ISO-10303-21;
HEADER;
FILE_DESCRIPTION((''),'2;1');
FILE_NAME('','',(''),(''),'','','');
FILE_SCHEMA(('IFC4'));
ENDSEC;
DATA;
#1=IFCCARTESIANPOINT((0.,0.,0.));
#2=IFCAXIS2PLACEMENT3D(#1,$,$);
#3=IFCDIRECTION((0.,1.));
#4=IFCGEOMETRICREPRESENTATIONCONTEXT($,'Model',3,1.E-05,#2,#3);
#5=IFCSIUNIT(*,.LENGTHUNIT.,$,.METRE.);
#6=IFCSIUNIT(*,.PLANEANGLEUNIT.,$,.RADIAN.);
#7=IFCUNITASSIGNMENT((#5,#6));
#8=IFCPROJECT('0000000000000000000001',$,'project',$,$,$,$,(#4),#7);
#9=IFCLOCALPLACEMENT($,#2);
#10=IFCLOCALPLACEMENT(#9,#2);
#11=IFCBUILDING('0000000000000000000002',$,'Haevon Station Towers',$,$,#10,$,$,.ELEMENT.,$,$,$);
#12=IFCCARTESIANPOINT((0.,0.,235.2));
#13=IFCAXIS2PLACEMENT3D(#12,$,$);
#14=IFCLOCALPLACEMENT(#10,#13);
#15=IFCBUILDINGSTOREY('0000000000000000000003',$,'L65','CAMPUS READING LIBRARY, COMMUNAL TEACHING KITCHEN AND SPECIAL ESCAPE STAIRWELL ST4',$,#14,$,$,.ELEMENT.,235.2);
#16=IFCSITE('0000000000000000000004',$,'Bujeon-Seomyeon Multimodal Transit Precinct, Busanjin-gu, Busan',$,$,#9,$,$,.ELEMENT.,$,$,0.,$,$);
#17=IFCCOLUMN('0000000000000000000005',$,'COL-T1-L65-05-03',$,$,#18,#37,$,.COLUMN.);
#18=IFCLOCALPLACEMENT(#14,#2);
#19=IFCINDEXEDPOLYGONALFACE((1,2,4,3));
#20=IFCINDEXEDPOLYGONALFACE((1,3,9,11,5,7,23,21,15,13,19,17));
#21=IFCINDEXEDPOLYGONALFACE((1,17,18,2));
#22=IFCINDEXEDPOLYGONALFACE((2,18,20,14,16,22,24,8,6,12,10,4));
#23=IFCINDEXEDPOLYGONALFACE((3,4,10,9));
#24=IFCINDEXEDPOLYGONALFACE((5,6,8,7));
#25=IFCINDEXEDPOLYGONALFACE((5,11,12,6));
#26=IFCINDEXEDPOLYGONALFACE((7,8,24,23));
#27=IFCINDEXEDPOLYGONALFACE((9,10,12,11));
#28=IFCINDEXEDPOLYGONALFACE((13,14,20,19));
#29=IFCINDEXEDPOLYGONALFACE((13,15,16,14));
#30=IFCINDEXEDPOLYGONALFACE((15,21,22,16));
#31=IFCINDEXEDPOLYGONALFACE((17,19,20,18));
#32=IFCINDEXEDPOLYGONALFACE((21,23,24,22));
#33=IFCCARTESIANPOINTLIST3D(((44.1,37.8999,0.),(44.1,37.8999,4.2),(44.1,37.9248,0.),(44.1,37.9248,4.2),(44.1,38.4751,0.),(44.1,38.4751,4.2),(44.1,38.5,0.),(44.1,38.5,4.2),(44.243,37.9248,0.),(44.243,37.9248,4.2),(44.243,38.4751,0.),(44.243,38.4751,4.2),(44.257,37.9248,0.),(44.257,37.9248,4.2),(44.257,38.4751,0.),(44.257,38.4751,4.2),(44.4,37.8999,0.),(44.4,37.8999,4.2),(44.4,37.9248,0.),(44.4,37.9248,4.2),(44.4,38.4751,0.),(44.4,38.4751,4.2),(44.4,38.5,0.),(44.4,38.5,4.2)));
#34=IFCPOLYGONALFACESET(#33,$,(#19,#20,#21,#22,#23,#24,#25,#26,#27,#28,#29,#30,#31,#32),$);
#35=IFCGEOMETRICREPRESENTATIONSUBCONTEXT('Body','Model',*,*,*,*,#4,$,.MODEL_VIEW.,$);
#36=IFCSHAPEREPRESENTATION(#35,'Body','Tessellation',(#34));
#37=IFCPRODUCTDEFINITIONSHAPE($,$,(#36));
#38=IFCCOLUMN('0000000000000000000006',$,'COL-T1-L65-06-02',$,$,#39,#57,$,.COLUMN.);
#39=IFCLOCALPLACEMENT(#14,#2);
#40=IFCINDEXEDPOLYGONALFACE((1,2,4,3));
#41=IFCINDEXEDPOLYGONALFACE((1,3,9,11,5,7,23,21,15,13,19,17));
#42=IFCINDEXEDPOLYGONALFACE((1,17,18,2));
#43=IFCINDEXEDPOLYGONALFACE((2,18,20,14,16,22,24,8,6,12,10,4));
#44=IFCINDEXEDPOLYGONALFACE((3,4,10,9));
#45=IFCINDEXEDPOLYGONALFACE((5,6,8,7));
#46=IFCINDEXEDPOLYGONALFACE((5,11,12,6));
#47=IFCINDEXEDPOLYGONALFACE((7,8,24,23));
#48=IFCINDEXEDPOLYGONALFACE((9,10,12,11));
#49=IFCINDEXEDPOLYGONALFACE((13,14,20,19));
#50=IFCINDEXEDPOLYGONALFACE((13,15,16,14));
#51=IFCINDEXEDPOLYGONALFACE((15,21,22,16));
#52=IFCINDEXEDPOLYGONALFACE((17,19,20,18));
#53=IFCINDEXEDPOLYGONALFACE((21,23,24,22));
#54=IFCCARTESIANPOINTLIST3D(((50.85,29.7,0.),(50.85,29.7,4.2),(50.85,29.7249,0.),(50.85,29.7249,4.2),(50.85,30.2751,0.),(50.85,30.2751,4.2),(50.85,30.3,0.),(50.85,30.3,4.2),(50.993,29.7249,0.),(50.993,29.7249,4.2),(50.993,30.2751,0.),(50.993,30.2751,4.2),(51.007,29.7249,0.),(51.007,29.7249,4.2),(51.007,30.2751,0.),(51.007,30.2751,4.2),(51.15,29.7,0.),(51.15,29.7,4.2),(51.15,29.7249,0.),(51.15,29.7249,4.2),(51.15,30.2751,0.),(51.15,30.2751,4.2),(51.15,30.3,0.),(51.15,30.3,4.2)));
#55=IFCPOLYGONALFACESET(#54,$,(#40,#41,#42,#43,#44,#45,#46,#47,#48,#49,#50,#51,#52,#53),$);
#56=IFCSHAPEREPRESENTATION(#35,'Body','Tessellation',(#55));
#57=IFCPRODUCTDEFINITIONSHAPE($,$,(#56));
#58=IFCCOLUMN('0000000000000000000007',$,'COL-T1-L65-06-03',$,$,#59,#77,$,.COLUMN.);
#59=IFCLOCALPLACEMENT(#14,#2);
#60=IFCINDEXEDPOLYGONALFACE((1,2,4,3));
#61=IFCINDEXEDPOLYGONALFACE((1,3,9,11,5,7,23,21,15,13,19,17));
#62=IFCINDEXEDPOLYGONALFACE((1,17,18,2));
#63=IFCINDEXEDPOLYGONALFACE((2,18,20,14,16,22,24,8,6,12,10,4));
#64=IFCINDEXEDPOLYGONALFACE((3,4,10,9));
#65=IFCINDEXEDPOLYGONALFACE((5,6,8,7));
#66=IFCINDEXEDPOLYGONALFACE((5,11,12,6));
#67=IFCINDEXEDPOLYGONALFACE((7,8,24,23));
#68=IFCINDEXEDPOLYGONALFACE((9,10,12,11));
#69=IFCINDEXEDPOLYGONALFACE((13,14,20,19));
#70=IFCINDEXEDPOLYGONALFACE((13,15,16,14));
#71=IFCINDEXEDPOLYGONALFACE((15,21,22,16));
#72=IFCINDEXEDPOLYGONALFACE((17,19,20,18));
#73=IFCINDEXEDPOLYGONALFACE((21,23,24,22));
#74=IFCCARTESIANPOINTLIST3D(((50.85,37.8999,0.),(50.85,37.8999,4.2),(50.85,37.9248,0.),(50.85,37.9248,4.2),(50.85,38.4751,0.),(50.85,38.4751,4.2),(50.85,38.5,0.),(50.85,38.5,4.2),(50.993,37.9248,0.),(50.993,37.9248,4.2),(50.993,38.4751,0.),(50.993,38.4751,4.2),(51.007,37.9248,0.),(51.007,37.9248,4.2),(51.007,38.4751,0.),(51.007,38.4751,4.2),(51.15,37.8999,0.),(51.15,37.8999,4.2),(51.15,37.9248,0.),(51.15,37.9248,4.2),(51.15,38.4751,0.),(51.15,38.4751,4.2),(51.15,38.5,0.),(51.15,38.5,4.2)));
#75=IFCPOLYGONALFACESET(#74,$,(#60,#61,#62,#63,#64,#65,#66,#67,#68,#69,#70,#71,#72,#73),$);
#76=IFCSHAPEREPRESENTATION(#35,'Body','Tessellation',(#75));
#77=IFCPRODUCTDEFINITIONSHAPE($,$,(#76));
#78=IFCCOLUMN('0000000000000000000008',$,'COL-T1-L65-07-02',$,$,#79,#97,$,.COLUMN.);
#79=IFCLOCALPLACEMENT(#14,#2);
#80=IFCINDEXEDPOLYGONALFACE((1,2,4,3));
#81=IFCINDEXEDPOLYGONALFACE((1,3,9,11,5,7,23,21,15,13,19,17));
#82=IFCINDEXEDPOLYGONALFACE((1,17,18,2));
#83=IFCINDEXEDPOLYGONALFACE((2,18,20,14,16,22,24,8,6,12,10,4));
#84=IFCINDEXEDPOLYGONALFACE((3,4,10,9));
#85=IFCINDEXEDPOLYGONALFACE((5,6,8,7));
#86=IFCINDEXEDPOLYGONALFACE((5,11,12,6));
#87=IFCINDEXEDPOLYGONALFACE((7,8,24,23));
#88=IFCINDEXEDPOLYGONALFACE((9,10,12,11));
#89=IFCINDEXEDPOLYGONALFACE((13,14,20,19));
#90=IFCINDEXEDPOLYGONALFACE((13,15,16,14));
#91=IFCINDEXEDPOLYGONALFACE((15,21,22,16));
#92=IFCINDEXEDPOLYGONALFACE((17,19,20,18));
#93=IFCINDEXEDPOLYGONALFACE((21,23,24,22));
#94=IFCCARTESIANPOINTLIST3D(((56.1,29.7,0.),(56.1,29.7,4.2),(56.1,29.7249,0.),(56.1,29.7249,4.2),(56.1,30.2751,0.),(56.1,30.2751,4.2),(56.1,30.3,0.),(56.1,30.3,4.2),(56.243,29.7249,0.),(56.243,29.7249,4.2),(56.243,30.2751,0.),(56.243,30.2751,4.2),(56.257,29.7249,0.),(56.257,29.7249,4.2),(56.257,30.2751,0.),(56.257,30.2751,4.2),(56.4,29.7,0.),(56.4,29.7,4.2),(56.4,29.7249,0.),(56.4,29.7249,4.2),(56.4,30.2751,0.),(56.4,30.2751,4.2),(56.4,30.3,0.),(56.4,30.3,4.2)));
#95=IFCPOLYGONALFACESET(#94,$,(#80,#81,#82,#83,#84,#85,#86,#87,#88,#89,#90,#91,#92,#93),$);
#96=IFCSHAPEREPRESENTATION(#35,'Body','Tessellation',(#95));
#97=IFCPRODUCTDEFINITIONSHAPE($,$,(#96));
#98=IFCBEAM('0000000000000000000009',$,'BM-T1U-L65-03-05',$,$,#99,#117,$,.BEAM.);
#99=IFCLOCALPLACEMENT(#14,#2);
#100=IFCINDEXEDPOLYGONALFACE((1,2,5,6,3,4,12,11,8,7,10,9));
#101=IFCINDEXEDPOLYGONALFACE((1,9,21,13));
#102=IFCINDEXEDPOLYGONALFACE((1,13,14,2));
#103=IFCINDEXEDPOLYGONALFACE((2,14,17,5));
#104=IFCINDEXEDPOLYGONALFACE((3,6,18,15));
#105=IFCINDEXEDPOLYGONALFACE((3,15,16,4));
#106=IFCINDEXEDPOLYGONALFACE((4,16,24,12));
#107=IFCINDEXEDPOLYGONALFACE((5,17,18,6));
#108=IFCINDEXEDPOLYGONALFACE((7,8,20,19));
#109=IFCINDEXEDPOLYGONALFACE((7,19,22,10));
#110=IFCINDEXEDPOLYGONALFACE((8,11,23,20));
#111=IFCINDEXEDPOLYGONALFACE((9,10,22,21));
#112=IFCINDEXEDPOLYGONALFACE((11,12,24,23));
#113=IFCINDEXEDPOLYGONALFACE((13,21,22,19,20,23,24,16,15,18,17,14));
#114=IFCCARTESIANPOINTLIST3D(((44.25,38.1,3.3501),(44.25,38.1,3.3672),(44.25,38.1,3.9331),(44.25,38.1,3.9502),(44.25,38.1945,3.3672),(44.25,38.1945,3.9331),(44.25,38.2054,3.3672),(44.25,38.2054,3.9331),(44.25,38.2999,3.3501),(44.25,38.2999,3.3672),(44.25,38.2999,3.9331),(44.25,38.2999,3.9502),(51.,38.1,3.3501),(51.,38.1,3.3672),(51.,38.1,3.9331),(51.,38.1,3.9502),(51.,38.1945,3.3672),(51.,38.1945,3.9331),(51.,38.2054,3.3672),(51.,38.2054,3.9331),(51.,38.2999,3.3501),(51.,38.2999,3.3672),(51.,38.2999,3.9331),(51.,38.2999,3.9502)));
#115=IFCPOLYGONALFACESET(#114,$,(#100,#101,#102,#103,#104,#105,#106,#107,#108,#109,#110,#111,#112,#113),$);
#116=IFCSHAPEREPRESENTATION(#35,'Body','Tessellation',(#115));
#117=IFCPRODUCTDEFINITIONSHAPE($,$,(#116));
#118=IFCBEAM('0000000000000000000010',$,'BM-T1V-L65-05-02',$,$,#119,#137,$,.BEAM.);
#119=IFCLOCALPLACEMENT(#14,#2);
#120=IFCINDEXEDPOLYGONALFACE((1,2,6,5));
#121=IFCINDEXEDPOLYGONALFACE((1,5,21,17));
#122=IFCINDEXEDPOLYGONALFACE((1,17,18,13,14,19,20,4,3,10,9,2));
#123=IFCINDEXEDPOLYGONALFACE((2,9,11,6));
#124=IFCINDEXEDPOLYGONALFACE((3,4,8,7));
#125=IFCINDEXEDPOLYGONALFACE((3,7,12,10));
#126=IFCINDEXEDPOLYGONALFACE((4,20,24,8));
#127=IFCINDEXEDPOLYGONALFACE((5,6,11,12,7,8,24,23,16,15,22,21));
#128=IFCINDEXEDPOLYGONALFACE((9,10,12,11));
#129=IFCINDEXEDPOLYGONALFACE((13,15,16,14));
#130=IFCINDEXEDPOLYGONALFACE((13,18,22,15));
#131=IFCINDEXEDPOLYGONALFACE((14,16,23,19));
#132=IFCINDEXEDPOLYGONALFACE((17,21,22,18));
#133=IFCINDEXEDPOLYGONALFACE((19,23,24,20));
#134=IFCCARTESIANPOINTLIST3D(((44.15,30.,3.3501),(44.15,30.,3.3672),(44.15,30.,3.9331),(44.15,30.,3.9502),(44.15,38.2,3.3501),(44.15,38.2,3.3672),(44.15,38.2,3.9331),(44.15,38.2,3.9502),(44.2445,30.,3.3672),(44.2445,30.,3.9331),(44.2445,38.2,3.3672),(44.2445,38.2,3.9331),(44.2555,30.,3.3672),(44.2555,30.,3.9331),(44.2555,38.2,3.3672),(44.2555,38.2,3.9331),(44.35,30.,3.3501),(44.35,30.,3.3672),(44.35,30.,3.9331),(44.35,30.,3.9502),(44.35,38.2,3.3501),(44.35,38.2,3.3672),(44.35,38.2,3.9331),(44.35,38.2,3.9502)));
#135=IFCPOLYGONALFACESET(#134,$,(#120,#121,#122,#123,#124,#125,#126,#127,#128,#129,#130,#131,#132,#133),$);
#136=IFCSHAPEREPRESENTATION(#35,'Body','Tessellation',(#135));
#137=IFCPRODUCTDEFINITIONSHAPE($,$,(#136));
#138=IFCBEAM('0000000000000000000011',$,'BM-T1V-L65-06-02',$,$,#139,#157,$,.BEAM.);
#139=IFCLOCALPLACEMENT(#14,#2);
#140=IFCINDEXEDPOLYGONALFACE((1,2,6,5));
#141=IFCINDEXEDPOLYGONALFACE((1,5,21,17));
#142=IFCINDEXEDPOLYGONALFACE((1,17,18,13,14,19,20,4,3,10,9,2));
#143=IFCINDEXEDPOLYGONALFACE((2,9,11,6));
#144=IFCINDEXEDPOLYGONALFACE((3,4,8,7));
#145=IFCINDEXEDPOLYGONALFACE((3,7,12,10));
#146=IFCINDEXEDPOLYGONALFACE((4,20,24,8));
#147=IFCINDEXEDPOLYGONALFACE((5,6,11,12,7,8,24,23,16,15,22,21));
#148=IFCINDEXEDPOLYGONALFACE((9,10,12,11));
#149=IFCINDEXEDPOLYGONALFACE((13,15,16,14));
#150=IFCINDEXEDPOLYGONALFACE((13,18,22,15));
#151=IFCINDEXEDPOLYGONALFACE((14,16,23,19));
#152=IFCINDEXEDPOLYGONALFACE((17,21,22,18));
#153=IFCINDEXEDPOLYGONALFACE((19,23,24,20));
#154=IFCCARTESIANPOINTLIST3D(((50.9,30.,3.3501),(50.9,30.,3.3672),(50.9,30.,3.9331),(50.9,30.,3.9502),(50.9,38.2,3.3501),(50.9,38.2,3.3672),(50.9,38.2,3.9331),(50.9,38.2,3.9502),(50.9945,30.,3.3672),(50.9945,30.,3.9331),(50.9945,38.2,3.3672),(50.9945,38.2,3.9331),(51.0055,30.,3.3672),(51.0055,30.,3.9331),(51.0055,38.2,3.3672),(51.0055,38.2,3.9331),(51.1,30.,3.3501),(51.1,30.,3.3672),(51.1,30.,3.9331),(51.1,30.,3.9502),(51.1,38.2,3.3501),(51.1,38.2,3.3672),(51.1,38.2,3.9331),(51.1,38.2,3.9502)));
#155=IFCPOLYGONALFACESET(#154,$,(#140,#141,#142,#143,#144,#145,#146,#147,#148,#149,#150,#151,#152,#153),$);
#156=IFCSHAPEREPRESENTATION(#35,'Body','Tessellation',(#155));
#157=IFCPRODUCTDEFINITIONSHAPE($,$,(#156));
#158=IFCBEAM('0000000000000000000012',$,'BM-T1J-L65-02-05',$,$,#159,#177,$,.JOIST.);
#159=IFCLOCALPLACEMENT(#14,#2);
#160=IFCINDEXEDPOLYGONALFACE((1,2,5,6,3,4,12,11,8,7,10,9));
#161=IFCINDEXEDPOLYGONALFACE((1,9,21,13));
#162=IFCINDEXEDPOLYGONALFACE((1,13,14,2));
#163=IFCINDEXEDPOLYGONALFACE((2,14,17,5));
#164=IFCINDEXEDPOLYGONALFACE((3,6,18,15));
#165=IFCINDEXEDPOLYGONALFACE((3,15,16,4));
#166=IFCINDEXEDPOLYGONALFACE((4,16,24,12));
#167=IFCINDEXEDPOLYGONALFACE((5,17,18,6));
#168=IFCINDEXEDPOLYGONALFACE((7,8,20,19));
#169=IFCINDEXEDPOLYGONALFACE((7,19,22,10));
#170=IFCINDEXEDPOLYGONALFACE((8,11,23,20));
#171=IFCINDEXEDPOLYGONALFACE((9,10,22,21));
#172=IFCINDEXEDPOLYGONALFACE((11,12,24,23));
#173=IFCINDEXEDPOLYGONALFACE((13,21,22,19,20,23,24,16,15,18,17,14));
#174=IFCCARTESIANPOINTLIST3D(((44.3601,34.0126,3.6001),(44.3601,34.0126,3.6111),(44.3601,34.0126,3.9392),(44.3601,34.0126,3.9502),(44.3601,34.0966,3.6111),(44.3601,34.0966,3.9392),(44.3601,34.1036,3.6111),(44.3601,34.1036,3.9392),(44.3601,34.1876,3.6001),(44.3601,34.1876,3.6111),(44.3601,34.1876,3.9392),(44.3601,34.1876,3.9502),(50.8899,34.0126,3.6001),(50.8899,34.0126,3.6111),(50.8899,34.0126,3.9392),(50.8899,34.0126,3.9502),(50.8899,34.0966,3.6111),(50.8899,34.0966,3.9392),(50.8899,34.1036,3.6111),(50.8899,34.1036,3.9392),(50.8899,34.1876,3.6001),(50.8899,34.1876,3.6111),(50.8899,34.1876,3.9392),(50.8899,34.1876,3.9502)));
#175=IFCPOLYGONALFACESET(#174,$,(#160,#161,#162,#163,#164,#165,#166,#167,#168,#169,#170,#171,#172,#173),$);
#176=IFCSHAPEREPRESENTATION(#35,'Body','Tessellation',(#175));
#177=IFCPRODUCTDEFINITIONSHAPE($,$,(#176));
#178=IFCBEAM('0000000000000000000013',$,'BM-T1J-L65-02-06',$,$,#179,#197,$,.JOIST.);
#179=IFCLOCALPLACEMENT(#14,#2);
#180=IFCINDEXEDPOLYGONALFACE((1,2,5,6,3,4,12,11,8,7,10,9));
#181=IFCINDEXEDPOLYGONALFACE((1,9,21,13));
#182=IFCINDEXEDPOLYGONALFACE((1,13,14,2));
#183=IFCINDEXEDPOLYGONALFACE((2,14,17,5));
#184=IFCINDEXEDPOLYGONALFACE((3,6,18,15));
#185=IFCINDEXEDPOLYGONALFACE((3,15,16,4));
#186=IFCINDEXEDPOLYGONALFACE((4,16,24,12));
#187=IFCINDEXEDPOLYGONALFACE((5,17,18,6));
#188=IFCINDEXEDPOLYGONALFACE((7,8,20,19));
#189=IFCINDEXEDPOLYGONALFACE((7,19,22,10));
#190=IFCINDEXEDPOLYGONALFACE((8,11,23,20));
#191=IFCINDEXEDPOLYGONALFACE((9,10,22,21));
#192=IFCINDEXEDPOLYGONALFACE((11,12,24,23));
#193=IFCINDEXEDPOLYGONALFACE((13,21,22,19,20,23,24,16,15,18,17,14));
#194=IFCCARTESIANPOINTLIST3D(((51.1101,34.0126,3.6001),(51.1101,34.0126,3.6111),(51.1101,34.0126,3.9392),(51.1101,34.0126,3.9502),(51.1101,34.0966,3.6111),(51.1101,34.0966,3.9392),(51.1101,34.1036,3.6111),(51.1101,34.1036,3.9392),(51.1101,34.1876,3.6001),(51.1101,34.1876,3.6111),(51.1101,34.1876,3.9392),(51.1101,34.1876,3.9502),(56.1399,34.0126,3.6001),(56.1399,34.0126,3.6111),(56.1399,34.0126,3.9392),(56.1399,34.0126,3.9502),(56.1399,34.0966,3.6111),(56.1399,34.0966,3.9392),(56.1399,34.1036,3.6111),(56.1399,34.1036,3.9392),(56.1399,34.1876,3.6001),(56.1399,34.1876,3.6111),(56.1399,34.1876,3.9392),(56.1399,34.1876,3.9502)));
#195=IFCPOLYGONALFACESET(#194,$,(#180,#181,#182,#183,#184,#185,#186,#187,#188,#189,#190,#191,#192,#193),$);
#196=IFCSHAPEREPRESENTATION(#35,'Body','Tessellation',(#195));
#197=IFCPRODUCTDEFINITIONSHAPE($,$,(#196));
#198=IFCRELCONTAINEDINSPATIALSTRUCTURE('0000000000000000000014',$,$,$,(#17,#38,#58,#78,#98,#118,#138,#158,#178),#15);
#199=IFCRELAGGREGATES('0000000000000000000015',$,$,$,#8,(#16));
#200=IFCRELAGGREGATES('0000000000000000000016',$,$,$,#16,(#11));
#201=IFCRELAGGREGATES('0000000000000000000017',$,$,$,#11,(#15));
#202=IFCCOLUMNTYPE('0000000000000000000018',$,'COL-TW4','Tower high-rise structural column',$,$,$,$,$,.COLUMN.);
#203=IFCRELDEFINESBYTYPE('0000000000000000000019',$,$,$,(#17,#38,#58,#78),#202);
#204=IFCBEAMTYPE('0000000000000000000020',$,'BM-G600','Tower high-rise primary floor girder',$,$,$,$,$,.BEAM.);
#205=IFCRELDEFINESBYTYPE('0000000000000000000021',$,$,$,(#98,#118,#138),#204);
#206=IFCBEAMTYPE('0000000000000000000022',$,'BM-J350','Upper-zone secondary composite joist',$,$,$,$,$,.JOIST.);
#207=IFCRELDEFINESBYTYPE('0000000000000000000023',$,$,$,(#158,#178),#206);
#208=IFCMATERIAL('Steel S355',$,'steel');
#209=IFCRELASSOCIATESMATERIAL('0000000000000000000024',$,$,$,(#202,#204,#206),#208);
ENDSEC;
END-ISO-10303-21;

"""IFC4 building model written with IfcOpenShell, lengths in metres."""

from ifc_helpers import new_model, si_unit, direction, frame, origin, origin_2d, place, context, subcontext, project, spatial, i_section, extrude, material, material_profile, profile_set, type_object, element, save


model = new_model("IFC4")

# Units and contexts
model_context = context("Model", 3, precision=1e-05, world=origin(), true_north=direction((0.0, 1.0)))
body_context = subcontext(model_context, "Body", "Model", "MODEL_VIEW")
ifc_project = project(units=[si_unit("LENGTHUNIT", "METRE"), si_unit("PLANEANGLEUNIT", "RADIAN")], contexts=[model_context])

# Site, building, storey
site_placement = place(None, origin())
site = spatial("IfcSite", under=ifc_project, at=site_placement, Name="Bujeon-Seomyeon Multimodal Transit Precinct, Busanjin-gu, Busan", CompositionType="ELEMENT", RefElevation=0.0)
building_placement = place(site_placement, origin())
building = spatial("IfcBuilding", under=site, at=building_placement, Name="Haevon Station Towers", CompositionType="ELEMENT")
storey_placement = place(building_placement, frame((0.0, 0.0, 235.2)))
storey = spatial("IfcBuildingStorey", under=building, at=storey_placement, Name="L65", Description="CAMPUS READING LIBRARY, COMMUNAL TEACHING KITCHEN AND SPECIAL ESCAPE STAIRWELL ST4", CompositionType="ELEMENT", Elevation=235.2)

# Columns
ifc_material_1 = material(Name="Steel S355", Category="steel")
ifc_material_profile_1 = material_profile(ifc_material_1, i_section(OverallWidth=0.3, OverallDepth=0.6001, WebThickness=0.0139, FlangeThickness=0.0249, at=origin_2d()), Name="H-600x300x14x25")
ifc_profile_set_1 = profile_set([ifc_material_profile_1], Name="Steel S355")
column_type = type_object("IfcColumnType", Name="COL-TW4", Description="Tower high-rise structural column", PredefinedType="COLUMN", material=ifc_profile_set_1)
for number, where, z_axis, x_axis, name in (
    (1, (44.25, 38.2, 0.0), (0.0, 0.0, 1.0), (1.0, 0.0, 0.0), "COL-T1-L65-05-03"),
    (2, (51.0, 30.0, 0.0), (0.0, 0.0, 1.0), (1.0, 0.0, 0.0), "COL-T1-L65-06-02"),
    (3, (51.0, 38.2, 0.0), (0.0, 0.0, 1.0), (1.0, 0.0, 0.0), "COL-T1-L65-06-03"),
    (4, (56.25, 30.0, 0.0), (0.0, 0.0, 1.0), (1.0, 0.0, 0.0), "COL-T1-L65-07-02"),
):
    element("IfcColumn", number, at=place(storey_placement, frame(where, z_axis=z_axis, x_axis=x_axis)), inside=storey, type_object=column_type, Name=name, PredefinedType="COLUMN", context=body_context, shape_type="SweptSolid", body=[
        extrude(i_section(OverallWidth=0.3, OverallDepth=0.6001, WebThickness=0.0139, FlangeThickness=0.0249, at=origin_2d()), origin(), (0.0, 0.0, 1.0), 4.2),
    ])

# Beams
ifc_material_profile_2 = material_profile(ifc_material_1, i_section(OverallWidth=0.2, OverallDepth=0.6001, WebThickness=0.011, FlangeThickness=0.0171, at=origin_2d()), Name="H-600x200x11x17")
ifc_profile_set_2 = profile_set([ifc_material_profile_2], Name="Steel S355")
beam_type_1 = type_object("IfcBeamType", Name="BM-G600", Description="Tower high-rise primary floor girder", PredefinedType="BEAM", material=ifc_profile_set_2)
beam_1_placement = place(storey_placement, frame((44.25, 38.2, 3.6501), z_axis=(1.0, 0.0, 0.0), x_axis=(0.0, 1.0, 0.0)))
element("IfcBeam", 5, at=beam_1_placement, inside=storey, type_object=beam_type_1, Name="BM-T1U-L65-03-05", PredefinedType="BEAM", context=body_context, shape_type="SweptSolid", body=[
    extrude(i_section(OverallWidth=0.2, OverallDepth=0.6001, WebThickness=0.011, FlangeThickness=0.0171, at=origin_2d()), origin(), (0.0, 0.0, 1.0), 6.75),
])
for number, where, z_axis, x_axis, name in (
    (6, (44.25, 30.0, 3.6501), (0.0, 1.0, 0.0), (-1.0, 0.0, 0.0), "BM-T1V-L65-05-02"),
    (7, (51.0, 30.0, 3.6501), (0.0, 1.0, 0.0), (-1.0, 0.0, 0.0), "BM-T1V-L65-06-02"),
):
    element("IfcBeam", number, at=place(storey_placement, frame(where, z_axis=z_axis, x_axis=x_axis)), inside=storey, type_object=beam_type_1, Name=name, PredefinedType="BEAM", context=body_context, shape_type="SweptSolid", body=[
        extrude(i_section(OverallWidth=0.2, OverallDepth=0.6001, WebThickness=0.011, FlangeThickness=0.0171, at=origin_2d()), origin(), (0.0, 0.0, 1.0), 8.2),
    ])
ifc_material_profile_3 = material_profile(ifc_material_1, i_section(OverallWidth=0.175, OverallDepth=0.3501, WebThickness=0.0071, FlangeThickness=0.011, at=origin_2d()), Name="H-350x175x7x11")
ifc_profile_set_3 = profile_set([ifc_material_profile_3], Name="Steel S355")
beam_type_2 = type_object("IfcBeamType", Name="BM-J350", Description="Upper-zone secondary composite joist", PredefinedType="JOIST", material=ifc_profile_set_3)
beam_2_placement = place(storey_placement, frame((44.3601, 34.1001, 3.7751), z_axis=(1.0, 0.0, 0.0), x_axis=(0.0, 1.0, 0.0)))
element("IfcBeam", 8, at=beam_2_placement, inside=storey, type_object=beam_type_2, Name="BM-T1J-L65-02-05", PredefinedType="JOIST", context=body_context, shape_type="SweptSolid", body=[
    extrude(i_section(OverallWidth=0.175, OverallDepth=0.3501, WebThickness=0.0071, FlangeThickness=0.011, at=origin_2d()), origin(), (0.0, 0.0, 1.0), 6.5298),
])
beam_3_placement = place(storey_placement, frame((51.1101, 34.1001, 3.7751), z_axis=(1.0, 0.0, 0.0), x_axis=(0.0, 1.0, 0.0)))
element("IfcBeam", 9, at=beam_3_placement, inside=storey, type_object=beam_type_2, Name="BM-T1J-L65-02-06", PredefinedType="JOIST", context=body_context, shape_type="SweptSolid", body=[
    extrude(i_section(OverallWidth=0.175, OverallDepth=0.3501, WebThickness=0.0071, FlangeThickness=0.011, at=origin_2d()), origin(), (0.0, 0.0, 1.0), 5.0298),
])

save(model, "model.ifc")
